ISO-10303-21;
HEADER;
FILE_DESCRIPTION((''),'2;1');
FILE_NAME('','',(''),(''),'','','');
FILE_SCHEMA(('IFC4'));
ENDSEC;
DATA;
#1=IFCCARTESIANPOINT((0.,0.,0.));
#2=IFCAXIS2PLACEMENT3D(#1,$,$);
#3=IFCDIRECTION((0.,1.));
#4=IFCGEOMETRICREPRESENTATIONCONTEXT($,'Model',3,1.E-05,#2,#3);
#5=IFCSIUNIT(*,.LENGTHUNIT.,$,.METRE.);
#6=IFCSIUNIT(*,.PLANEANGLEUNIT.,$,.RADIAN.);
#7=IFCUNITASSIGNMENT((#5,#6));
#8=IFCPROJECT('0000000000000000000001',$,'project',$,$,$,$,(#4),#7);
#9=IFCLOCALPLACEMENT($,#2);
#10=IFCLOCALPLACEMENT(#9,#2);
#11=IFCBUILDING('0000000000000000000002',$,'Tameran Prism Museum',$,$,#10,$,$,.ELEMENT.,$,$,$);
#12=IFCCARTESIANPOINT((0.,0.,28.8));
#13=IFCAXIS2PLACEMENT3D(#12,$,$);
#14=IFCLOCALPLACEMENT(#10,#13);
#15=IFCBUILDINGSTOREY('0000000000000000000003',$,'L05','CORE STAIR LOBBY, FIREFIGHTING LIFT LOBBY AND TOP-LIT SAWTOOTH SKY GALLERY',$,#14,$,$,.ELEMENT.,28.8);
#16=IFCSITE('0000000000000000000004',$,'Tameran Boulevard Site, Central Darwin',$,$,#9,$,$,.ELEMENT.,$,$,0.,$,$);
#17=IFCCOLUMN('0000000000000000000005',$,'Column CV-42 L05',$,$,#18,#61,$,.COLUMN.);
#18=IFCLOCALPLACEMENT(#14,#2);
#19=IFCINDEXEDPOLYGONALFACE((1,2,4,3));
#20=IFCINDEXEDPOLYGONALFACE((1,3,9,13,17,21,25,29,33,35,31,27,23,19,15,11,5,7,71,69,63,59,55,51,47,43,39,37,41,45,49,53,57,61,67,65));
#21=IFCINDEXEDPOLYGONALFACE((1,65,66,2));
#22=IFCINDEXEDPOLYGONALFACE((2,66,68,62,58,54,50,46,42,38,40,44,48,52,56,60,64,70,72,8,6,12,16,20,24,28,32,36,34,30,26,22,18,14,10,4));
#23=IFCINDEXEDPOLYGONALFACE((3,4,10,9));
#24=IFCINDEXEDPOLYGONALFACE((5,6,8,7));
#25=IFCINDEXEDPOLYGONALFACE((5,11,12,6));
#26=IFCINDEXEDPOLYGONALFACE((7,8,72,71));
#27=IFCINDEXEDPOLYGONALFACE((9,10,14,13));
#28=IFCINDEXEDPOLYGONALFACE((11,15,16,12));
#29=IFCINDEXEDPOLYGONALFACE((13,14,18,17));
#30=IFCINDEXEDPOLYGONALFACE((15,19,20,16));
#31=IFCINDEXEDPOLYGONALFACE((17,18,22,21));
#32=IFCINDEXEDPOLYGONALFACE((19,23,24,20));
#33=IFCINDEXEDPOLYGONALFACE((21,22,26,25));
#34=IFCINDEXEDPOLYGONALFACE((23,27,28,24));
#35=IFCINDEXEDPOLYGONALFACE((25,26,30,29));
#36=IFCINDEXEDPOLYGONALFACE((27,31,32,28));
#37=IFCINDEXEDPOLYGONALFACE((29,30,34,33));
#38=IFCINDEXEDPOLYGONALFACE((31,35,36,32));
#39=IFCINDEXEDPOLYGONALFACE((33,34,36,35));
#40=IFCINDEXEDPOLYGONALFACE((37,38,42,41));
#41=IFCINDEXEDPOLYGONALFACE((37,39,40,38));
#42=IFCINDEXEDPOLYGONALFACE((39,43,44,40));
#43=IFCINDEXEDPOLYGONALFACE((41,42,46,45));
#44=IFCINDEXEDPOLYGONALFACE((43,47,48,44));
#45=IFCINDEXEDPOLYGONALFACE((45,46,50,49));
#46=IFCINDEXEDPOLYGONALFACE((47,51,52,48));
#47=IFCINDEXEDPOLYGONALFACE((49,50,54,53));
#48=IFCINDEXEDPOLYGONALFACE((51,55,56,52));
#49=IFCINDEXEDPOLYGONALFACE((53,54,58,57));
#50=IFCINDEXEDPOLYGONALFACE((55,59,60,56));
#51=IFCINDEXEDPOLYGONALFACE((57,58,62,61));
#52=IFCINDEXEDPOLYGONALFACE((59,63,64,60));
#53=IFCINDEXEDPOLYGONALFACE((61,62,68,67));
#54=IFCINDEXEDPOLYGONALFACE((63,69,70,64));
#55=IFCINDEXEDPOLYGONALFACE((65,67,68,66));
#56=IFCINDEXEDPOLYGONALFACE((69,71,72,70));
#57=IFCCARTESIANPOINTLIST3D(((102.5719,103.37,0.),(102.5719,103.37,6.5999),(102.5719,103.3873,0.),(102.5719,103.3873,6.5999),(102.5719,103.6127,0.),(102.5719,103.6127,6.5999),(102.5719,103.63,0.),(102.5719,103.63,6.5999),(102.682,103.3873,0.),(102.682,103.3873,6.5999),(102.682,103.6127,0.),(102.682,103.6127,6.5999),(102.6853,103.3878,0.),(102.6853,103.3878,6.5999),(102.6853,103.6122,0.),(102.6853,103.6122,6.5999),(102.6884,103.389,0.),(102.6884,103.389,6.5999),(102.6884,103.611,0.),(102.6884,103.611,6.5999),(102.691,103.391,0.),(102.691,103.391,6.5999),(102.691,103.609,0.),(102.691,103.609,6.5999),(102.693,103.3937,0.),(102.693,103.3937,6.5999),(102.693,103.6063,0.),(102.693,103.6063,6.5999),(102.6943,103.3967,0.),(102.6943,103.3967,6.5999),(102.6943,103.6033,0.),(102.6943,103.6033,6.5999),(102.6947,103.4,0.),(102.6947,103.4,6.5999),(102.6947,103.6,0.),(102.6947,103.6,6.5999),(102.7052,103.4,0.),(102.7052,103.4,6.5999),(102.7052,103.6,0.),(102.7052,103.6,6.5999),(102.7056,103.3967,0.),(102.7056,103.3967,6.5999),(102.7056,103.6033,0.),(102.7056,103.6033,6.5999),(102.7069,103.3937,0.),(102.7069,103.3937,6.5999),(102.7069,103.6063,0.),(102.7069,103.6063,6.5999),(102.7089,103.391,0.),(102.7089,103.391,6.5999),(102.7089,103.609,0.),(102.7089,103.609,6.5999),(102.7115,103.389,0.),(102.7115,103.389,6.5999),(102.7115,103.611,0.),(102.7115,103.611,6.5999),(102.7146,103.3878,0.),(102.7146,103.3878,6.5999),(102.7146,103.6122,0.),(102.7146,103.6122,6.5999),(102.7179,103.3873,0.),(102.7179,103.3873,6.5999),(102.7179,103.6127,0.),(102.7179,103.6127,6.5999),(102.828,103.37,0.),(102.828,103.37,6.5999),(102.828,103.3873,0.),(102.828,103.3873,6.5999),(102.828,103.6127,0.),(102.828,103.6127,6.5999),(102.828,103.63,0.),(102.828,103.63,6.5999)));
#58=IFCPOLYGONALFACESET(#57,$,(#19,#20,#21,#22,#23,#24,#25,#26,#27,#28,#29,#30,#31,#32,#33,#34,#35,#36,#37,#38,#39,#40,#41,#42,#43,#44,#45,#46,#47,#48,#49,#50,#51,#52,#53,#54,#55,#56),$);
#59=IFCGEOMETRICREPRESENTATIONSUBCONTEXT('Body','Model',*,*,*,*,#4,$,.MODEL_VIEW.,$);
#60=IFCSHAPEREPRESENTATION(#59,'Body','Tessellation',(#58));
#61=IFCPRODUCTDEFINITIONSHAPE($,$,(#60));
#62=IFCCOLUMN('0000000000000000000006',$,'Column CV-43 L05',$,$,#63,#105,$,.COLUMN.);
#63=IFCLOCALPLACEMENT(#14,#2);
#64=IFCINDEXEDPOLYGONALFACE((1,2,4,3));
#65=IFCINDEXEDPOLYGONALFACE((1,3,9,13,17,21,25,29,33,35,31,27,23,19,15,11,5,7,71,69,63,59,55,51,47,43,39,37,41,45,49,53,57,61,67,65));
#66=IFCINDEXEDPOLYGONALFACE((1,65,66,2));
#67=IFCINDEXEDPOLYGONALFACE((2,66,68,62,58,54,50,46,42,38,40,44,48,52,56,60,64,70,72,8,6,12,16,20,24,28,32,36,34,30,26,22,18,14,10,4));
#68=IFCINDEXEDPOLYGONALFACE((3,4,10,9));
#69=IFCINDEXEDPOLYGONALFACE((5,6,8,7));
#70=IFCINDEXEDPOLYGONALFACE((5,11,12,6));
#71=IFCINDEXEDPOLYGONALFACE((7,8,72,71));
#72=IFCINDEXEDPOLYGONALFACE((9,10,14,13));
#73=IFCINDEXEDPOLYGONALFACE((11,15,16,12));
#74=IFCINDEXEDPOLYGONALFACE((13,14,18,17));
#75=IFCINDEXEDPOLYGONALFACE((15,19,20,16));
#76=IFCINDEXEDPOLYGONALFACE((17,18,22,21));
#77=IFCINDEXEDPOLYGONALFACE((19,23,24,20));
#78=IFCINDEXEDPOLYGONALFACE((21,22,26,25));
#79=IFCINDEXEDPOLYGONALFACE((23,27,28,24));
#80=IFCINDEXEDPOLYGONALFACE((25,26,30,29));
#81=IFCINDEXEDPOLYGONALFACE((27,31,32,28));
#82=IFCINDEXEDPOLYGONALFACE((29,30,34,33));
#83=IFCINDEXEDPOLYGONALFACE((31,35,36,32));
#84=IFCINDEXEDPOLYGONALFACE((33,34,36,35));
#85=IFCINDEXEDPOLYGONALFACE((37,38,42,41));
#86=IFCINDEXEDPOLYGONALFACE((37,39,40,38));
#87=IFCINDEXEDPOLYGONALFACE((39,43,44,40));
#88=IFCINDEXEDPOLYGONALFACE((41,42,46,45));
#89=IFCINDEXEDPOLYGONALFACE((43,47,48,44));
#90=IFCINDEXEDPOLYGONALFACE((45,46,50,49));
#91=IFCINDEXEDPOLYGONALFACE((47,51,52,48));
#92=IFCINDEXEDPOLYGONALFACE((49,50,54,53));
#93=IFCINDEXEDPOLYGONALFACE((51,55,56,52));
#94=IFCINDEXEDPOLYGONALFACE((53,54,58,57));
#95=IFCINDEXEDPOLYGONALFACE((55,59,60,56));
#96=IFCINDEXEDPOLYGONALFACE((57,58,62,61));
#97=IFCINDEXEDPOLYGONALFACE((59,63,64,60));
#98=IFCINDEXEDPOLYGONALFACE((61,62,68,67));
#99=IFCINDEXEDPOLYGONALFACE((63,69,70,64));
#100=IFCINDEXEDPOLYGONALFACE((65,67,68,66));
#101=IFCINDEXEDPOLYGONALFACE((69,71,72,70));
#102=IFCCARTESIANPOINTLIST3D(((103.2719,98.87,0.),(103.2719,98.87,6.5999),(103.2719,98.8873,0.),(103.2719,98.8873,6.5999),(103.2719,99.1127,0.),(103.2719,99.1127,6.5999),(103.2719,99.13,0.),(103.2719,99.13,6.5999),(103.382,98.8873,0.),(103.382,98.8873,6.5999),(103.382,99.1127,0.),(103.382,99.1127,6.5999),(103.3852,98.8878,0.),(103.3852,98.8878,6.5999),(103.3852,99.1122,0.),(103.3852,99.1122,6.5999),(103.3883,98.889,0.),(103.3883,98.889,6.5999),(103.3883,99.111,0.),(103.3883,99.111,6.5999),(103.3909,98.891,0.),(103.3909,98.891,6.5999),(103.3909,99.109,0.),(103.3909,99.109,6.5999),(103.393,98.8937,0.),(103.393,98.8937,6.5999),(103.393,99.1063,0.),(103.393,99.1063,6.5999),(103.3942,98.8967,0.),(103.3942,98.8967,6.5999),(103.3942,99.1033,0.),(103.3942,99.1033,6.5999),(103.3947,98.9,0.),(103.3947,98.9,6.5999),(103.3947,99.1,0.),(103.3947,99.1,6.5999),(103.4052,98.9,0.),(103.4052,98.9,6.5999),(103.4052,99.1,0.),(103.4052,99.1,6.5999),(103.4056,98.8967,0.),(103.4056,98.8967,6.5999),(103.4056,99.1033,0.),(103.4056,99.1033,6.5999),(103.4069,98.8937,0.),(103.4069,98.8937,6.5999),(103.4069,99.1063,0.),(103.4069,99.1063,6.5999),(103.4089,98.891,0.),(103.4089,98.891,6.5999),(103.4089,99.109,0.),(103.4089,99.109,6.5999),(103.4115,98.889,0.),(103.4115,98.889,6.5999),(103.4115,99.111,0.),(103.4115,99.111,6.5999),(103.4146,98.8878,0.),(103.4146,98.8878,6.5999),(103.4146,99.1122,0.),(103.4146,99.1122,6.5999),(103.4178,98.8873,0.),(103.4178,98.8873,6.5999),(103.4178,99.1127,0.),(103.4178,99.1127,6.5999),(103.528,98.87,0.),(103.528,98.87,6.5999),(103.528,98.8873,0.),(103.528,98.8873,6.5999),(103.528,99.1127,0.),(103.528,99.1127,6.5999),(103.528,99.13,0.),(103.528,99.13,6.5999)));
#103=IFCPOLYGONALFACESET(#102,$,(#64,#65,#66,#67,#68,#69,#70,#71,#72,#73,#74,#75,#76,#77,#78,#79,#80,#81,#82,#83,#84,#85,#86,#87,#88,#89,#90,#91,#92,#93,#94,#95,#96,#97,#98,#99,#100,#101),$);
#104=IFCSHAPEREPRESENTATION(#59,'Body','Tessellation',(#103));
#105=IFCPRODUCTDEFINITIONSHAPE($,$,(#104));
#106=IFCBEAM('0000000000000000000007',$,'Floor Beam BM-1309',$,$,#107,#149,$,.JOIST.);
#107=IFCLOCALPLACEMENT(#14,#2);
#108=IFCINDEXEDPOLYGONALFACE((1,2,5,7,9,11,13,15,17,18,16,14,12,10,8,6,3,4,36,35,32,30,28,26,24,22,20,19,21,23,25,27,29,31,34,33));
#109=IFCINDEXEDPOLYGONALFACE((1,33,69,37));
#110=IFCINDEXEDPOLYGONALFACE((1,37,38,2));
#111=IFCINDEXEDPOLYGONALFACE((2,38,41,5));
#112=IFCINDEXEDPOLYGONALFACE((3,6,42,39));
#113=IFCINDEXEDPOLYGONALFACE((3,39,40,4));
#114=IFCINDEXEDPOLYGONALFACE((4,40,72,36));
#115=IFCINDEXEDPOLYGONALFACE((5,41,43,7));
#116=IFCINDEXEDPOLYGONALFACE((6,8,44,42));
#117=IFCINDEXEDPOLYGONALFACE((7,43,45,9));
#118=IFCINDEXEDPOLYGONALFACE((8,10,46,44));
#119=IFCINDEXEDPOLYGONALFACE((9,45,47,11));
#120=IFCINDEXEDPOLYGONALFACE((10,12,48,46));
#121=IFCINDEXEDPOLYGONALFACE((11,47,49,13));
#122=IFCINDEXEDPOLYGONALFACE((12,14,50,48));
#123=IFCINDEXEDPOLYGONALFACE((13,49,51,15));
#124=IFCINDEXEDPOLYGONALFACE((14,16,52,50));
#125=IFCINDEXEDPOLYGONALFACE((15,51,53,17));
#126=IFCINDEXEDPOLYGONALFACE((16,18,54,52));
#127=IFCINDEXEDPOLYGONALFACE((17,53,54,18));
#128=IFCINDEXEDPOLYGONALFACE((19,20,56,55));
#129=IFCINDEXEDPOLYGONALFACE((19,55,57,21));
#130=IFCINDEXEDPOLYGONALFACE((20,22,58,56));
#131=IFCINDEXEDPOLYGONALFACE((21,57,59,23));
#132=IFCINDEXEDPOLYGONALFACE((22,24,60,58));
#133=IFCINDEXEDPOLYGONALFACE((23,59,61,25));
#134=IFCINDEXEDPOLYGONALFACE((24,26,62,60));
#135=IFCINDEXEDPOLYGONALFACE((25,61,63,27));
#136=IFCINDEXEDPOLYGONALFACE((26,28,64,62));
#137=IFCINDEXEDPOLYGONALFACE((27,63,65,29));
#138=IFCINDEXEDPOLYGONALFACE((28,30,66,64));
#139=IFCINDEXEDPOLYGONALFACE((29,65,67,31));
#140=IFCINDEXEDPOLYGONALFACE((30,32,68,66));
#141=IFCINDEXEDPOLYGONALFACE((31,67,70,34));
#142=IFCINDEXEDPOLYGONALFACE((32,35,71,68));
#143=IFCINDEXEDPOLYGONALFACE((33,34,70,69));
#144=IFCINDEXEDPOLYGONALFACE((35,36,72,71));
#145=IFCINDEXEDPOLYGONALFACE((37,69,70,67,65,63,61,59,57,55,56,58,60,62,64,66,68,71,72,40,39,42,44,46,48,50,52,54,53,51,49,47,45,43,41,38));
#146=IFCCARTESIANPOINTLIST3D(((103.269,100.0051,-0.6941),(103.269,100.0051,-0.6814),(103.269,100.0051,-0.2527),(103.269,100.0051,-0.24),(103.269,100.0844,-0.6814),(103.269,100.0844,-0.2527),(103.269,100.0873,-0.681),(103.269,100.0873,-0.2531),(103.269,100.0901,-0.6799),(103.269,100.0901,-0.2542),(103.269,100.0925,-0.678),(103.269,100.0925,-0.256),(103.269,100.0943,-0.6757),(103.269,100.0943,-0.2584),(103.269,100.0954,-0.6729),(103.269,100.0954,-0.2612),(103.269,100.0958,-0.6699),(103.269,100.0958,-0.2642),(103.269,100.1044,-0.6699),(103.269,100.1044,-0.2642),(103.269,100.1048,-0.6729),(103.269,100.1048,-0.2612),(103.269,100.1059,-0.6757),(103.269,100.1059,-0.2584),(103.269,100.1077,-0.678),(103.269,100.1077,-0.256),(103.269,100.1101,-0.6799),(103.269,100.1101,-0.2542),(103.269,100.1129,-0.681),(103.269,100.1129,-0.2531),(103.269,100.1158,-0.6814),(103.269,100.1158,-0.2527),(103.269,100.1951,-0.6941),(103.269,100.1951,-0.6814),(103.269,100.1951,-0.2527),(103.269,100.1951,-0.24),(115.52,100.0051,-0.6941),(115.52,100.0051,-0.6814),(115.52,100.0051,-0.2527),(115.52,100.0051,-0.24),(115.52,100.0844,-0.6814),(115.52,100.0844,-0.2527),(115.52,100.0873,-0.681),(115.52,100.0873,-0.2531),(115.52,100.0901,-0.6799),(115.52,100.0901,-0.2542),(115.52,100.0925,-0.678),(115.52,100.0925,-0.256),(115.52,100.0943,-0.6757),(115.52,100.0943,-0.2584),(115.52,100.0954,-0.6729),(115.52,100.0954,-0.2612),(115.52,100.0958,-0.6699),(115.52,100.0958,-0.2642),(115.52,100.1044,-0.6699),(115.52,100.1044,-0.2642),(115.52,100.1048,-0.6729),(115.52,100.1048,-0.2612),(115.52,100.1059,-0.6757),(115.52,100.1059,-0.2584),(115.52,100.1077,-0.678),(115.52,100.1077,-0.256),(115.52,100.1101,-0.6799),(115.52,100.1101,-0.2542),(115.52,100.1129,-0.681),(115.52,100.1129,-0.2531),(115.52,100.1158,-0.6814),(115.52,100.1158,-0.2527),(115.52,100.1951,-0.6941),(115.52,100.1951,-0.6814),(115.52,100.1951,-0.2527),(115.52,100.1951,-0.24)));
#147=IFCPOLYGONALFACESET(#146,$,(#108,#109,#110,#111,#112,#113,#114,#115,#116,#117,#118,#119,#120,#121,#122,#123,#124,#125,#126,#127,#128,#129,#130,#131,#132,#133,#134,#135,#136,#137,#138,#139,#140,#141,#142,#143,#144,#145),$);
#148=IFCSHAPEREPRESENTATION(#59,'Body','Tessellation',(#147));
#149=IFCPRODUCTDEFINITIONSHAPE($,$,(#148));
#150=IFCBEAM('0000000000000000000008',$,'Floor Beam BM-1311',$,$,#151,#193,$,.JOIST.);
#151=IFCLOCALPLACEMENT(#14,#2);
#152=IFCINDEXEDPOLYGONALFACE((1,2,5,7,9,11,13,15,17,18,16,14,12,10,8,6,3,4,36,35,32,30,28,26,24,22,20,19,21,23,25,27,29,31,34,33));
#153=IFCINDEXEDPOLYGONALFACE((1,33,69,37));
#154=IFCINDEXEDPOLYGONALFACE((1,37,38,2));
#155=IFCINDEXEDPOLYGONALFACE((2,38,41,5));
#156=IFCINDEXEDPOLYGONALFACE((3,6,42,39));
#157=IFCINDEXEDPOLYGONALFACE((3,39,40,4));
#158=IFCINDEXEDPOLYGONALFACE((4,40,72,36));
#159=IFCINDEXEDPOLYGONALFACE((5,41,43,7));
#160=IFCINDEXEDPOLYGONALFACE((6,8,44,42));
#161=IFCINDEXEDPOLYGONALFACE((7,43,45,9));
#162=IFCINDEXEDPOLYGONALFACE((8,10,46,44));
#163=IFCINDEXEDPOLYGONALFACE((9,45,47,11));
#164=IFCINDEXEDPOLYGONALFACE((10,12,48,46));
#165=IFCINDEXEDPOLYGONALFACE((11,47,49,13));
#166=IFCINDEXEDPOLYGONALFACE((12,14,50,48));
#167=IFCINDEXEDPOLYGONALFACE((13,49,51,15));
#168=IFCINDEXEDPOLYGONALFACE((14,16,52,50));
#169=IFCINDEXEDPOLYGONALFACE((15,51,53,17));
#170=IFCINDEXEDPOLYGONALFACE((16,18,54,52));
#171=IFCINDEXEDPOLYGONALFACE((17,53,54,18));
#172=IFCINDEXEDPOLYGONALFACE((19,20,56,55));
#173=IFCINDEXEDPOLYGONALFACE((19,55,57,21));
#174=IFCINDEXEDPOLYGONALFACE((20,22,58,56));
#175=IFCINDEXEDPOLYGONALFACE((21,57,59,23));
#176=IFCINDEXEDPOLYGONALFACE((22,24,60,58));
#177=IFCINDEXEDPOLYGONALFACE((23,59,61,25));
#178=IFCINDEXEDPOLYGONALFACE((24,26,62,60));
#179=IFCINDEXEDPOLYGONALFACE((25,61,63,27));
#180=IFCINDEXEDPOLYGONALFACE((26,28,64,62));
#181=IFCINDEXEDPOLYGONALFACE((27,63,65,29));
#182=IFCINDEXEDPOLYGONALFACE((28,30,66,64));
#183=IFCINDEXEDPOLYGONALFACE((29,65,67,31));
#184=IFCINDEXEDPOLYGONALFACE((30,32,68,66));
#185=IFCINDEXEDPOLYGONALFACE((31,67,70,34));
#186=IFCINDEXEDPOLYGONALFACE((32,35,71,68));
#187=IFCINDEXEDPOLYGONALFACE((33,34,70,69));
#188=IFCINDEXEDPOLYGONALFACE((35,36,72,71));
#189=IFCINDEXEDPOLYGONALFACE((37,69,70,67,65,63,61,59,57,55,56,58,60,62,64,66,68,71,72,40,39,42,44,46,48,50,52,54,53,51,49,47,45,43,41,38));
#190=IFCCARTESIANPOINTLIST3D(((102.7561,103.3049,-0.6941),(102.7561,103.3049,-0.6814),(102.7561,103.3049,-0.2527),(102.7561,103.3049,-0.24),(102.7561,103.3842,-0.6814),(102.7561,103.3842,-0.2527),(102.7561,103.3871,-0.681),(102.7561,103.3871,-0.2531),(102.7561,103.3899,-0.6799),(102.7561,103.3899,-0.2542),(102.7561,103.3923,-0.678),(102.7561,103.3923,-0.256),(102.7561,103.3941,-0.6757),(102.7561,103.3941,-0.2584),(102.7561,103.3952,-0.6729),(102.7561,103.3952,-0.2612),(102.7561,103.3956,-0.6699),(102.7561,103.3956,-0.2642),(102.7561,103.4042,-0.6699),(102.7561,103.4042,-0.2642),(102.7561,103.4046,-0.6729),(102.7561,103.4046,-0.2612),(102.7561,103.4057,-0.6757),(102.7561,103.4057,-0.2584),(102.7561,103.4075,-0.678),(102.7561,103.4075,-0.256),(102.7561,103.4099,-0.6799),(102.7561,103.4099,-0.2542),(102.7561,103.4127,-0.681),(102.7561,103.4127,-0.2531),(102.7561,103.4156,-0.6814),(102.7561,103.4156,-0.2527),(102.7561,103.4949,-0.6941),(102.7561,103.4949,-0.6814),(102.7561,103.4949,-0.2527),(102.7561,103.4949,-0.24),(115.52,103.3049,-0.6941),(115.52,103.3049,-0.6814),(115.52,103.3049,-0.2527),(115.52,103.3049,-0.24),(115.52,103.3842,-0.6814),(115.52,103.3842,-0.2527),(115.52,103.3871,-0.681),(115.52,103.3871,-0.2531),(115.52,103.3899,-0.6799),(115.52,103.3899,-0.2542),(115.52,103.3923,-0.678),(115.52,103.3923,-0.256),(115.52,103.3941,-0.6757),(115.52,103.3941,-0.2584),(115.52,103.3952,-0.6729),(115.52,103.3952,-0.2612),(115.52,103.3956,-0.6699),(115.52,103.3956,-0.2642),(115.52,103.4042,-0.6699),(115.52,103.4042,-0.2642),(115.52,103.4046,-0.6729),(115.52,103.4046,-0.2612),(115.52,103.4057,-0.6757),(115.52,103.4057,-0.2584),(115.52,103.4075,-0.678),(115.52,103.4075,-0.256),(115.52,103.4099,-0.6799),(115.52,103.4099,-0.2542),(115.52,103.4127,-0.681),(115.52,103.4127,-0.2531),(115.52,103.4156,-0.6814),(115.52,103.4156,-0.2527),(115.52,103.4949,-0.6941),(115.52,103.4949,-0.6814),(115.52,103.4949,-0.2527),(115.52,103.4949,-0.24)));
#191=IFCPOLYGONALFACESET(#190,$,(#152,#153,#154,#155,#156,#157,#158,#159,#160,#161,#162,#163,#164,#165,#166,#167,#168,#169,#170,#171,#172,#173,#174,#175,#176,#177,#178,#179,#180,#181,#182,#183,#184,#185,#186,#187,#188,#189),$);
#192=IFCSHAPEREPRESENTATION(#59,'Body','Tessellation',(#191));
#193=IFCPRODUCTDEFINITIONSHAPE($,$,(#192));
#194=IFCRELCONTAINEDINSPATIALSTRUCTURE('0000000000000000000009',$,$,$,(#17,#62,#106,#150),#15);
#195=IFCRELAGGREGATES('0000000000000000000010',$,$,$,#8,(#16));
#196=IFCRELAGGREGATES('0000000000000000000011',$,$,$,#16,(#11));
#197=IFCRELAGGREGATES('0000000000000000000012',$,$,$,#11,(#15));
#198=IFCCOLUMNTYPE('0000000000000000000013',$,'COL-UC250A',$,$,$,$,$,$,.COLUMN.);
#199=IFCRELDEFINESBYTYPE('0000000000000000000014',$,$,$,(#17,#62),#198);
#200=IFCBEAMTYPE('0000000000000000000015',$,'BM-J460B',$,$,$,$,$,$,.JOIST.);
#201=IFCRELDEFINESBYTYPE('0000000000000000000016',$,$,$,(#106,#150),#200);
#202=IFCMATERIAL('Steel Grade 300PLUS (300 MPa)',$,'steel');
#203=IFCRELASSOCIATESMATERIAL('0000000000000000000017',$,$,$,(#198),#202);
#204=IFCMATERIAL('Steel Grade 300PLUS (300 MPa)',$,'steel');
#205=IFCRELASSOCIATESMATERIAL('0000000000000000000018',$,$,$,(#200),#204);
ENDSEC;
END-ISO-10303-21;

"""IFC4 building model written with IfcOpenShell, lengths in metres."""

from ifc_helpers import new_model, si_unit, direction, frame, origin, origin_2d, place, context, subcontext, project, spatial, i_section, extrude, material, material_profile, profile_set, type_object, element, save


model = new_model("IFC4")

# Units and contexts
model_context = context("Model", 3, precision=1e-05, world=origin(), true_north=direction((0.0, 1.0)))
body_context = subcontext(model_context, "Body", "Model", "MODEL_VIEW")
ifc_project = project(units=[si_unit("LENGTHUNIT", "METRE"), si_unit("PLANEANGLEUNIT", "RADIAN")], contexts=[model_context])

# Site, building, storey
site_placement = place(None, origin())
site = spatial("IfcSite", under=ifc_project, at=site_placement, Name="Tameran Boulevard Site, Central Darwin", CompositionType="ELEMENT", RefElevation=0.0)
building_placement = place(site_placement, origin())
building = spatial("IfcBuilding", under=site, at=building_placement, Name="Tameran Prism Museum", CompositionType="ELEMENT")
storey_placement = place(building_placement, frame((0.0, 0.0, 28.8)))
storey = spatial("IfcBuildingStorey", under=building, at=storey_placement, Name="L05", Description="CORE STAIR LOBBY, FIREFIGHTING LIFT LOBBY AND TOP-LIT SAWTOOTH SKY GALLERY", CompositionType="ELEMENT", Elevation=28.8)

# Columns
ifc_material_1 = material(Name="Steel Grade 300PLUS (300 MPa)", Category="steel")
ifc_material_profile_1 = material_profile(ifc_material_1, i_section(OverallWidth=0.2561, OverallDepth=0.26, WebThickness=0.0105, FlangeThickness=0.0173, FilletRadius=0.0127, at=origin_2d()))
ifc_profile_set_1 = profile_set([ifc_material_profile_1])
column_type = type_object("IfcColumnType", Name="COL-UC250A", PredefinedType="COLUMN", material=ifc_profile_set_1)
for number, where, z_axis, x_axis, name in (
    (1, (102.7, 103.5, 0.0), (0.0, 0.0, 1.0), (1.0, 0.0, 0.0), "Column CV-42 L05"),
    (2, (103.3999, 99.0, 0.0), (0.0, 0.0, 1.0), (1.0, 0.0, 0.0), "Column CV-43 L05"),
):
    element("IfcColumn", number, at=place(storey_placement, frame(where, z_axis=z_axis, x_axis=x_axis)), inside=storey, type_object=column_type, Name=name, PredefinedType="COLUMN", context=body_context, shape_type="SweptSolid", body=[
        extrude(i_section(OverallWidth=0.2561, OverallDepth=0.26, WebThickness=0.0105, FlangeThickness=0.0173, FilletRadius=0.0127, at=origin_2d()), origin(), (0.0, 0.0, 1.0), 6.5999),
    ])

# Beams
ifc_material_2 = material(Name="Steel Grade 300PLUS (300 MPa)", Category="steel")
ifc_material_profile_2 = material_profile(ifc_material_2, i_section(OverallWidth=0.1899, OverallDepth=0.4541, WebThickness=0.0085, FlangeThickness=0.0127, FilletRadius=0.0115, at=origin_2d()))
ifc_profile_set_2 = profile_set([ifc_material_profile_2])
beam_type_1 = type_object("IfcBeamType", Name="BM-J460B", PredefinedType="JOIST", material=ifc_profile_set_2)
beam_1_placement = place(storey_placement, frame((103.269, 100.1001, -0.467), z_axis=(1.0, 0.0, 0.0), x_axis=(0.0, 1.0, 0.0)))
element("IfcBeam", 3, at=beam_1_placement, inside=storey, type_object=beam_type_1, Name="Floor Beam BM-1309", PredefinedType="JOIST", context=body_context, shape_type="SweptSolid", body=[
    extrude(i_section(OverallWidth=0.1899, OverallDepth=0.4541, WebThickness=0.0085, FlangeThickness=0.0127, FilletRadius=0.0115, at=origin_2d()), origin(), (0.0, 0.0, 1.0), 12.251),
])
beam_2_placement = place(storey_placement, frame((102.7561, 103.3999, -0.467), z_axis=(1.0, 0.0, 0.0), x_axis=(0.0, 1.0, 0.0)))
element("IfcBeam", 4, at=beam_2_placement, inside=storey, type_object=beam_type_1, Name="Floor Beam BM-1311", PredefinedType="JOIST", context=body_context, shape_type="SweptSolid", body=[
    extrude(i_section(OverallWidth=0.1899, OverallDepth=0.4541, WebThickness=0.0085, FlangeThickness=0.0127, FilletRadius=0.0115, at=origin_2d()), origin(), (0.0, 0.0, 1.0), 12.7639),
])

save(model, "model.ifc")
